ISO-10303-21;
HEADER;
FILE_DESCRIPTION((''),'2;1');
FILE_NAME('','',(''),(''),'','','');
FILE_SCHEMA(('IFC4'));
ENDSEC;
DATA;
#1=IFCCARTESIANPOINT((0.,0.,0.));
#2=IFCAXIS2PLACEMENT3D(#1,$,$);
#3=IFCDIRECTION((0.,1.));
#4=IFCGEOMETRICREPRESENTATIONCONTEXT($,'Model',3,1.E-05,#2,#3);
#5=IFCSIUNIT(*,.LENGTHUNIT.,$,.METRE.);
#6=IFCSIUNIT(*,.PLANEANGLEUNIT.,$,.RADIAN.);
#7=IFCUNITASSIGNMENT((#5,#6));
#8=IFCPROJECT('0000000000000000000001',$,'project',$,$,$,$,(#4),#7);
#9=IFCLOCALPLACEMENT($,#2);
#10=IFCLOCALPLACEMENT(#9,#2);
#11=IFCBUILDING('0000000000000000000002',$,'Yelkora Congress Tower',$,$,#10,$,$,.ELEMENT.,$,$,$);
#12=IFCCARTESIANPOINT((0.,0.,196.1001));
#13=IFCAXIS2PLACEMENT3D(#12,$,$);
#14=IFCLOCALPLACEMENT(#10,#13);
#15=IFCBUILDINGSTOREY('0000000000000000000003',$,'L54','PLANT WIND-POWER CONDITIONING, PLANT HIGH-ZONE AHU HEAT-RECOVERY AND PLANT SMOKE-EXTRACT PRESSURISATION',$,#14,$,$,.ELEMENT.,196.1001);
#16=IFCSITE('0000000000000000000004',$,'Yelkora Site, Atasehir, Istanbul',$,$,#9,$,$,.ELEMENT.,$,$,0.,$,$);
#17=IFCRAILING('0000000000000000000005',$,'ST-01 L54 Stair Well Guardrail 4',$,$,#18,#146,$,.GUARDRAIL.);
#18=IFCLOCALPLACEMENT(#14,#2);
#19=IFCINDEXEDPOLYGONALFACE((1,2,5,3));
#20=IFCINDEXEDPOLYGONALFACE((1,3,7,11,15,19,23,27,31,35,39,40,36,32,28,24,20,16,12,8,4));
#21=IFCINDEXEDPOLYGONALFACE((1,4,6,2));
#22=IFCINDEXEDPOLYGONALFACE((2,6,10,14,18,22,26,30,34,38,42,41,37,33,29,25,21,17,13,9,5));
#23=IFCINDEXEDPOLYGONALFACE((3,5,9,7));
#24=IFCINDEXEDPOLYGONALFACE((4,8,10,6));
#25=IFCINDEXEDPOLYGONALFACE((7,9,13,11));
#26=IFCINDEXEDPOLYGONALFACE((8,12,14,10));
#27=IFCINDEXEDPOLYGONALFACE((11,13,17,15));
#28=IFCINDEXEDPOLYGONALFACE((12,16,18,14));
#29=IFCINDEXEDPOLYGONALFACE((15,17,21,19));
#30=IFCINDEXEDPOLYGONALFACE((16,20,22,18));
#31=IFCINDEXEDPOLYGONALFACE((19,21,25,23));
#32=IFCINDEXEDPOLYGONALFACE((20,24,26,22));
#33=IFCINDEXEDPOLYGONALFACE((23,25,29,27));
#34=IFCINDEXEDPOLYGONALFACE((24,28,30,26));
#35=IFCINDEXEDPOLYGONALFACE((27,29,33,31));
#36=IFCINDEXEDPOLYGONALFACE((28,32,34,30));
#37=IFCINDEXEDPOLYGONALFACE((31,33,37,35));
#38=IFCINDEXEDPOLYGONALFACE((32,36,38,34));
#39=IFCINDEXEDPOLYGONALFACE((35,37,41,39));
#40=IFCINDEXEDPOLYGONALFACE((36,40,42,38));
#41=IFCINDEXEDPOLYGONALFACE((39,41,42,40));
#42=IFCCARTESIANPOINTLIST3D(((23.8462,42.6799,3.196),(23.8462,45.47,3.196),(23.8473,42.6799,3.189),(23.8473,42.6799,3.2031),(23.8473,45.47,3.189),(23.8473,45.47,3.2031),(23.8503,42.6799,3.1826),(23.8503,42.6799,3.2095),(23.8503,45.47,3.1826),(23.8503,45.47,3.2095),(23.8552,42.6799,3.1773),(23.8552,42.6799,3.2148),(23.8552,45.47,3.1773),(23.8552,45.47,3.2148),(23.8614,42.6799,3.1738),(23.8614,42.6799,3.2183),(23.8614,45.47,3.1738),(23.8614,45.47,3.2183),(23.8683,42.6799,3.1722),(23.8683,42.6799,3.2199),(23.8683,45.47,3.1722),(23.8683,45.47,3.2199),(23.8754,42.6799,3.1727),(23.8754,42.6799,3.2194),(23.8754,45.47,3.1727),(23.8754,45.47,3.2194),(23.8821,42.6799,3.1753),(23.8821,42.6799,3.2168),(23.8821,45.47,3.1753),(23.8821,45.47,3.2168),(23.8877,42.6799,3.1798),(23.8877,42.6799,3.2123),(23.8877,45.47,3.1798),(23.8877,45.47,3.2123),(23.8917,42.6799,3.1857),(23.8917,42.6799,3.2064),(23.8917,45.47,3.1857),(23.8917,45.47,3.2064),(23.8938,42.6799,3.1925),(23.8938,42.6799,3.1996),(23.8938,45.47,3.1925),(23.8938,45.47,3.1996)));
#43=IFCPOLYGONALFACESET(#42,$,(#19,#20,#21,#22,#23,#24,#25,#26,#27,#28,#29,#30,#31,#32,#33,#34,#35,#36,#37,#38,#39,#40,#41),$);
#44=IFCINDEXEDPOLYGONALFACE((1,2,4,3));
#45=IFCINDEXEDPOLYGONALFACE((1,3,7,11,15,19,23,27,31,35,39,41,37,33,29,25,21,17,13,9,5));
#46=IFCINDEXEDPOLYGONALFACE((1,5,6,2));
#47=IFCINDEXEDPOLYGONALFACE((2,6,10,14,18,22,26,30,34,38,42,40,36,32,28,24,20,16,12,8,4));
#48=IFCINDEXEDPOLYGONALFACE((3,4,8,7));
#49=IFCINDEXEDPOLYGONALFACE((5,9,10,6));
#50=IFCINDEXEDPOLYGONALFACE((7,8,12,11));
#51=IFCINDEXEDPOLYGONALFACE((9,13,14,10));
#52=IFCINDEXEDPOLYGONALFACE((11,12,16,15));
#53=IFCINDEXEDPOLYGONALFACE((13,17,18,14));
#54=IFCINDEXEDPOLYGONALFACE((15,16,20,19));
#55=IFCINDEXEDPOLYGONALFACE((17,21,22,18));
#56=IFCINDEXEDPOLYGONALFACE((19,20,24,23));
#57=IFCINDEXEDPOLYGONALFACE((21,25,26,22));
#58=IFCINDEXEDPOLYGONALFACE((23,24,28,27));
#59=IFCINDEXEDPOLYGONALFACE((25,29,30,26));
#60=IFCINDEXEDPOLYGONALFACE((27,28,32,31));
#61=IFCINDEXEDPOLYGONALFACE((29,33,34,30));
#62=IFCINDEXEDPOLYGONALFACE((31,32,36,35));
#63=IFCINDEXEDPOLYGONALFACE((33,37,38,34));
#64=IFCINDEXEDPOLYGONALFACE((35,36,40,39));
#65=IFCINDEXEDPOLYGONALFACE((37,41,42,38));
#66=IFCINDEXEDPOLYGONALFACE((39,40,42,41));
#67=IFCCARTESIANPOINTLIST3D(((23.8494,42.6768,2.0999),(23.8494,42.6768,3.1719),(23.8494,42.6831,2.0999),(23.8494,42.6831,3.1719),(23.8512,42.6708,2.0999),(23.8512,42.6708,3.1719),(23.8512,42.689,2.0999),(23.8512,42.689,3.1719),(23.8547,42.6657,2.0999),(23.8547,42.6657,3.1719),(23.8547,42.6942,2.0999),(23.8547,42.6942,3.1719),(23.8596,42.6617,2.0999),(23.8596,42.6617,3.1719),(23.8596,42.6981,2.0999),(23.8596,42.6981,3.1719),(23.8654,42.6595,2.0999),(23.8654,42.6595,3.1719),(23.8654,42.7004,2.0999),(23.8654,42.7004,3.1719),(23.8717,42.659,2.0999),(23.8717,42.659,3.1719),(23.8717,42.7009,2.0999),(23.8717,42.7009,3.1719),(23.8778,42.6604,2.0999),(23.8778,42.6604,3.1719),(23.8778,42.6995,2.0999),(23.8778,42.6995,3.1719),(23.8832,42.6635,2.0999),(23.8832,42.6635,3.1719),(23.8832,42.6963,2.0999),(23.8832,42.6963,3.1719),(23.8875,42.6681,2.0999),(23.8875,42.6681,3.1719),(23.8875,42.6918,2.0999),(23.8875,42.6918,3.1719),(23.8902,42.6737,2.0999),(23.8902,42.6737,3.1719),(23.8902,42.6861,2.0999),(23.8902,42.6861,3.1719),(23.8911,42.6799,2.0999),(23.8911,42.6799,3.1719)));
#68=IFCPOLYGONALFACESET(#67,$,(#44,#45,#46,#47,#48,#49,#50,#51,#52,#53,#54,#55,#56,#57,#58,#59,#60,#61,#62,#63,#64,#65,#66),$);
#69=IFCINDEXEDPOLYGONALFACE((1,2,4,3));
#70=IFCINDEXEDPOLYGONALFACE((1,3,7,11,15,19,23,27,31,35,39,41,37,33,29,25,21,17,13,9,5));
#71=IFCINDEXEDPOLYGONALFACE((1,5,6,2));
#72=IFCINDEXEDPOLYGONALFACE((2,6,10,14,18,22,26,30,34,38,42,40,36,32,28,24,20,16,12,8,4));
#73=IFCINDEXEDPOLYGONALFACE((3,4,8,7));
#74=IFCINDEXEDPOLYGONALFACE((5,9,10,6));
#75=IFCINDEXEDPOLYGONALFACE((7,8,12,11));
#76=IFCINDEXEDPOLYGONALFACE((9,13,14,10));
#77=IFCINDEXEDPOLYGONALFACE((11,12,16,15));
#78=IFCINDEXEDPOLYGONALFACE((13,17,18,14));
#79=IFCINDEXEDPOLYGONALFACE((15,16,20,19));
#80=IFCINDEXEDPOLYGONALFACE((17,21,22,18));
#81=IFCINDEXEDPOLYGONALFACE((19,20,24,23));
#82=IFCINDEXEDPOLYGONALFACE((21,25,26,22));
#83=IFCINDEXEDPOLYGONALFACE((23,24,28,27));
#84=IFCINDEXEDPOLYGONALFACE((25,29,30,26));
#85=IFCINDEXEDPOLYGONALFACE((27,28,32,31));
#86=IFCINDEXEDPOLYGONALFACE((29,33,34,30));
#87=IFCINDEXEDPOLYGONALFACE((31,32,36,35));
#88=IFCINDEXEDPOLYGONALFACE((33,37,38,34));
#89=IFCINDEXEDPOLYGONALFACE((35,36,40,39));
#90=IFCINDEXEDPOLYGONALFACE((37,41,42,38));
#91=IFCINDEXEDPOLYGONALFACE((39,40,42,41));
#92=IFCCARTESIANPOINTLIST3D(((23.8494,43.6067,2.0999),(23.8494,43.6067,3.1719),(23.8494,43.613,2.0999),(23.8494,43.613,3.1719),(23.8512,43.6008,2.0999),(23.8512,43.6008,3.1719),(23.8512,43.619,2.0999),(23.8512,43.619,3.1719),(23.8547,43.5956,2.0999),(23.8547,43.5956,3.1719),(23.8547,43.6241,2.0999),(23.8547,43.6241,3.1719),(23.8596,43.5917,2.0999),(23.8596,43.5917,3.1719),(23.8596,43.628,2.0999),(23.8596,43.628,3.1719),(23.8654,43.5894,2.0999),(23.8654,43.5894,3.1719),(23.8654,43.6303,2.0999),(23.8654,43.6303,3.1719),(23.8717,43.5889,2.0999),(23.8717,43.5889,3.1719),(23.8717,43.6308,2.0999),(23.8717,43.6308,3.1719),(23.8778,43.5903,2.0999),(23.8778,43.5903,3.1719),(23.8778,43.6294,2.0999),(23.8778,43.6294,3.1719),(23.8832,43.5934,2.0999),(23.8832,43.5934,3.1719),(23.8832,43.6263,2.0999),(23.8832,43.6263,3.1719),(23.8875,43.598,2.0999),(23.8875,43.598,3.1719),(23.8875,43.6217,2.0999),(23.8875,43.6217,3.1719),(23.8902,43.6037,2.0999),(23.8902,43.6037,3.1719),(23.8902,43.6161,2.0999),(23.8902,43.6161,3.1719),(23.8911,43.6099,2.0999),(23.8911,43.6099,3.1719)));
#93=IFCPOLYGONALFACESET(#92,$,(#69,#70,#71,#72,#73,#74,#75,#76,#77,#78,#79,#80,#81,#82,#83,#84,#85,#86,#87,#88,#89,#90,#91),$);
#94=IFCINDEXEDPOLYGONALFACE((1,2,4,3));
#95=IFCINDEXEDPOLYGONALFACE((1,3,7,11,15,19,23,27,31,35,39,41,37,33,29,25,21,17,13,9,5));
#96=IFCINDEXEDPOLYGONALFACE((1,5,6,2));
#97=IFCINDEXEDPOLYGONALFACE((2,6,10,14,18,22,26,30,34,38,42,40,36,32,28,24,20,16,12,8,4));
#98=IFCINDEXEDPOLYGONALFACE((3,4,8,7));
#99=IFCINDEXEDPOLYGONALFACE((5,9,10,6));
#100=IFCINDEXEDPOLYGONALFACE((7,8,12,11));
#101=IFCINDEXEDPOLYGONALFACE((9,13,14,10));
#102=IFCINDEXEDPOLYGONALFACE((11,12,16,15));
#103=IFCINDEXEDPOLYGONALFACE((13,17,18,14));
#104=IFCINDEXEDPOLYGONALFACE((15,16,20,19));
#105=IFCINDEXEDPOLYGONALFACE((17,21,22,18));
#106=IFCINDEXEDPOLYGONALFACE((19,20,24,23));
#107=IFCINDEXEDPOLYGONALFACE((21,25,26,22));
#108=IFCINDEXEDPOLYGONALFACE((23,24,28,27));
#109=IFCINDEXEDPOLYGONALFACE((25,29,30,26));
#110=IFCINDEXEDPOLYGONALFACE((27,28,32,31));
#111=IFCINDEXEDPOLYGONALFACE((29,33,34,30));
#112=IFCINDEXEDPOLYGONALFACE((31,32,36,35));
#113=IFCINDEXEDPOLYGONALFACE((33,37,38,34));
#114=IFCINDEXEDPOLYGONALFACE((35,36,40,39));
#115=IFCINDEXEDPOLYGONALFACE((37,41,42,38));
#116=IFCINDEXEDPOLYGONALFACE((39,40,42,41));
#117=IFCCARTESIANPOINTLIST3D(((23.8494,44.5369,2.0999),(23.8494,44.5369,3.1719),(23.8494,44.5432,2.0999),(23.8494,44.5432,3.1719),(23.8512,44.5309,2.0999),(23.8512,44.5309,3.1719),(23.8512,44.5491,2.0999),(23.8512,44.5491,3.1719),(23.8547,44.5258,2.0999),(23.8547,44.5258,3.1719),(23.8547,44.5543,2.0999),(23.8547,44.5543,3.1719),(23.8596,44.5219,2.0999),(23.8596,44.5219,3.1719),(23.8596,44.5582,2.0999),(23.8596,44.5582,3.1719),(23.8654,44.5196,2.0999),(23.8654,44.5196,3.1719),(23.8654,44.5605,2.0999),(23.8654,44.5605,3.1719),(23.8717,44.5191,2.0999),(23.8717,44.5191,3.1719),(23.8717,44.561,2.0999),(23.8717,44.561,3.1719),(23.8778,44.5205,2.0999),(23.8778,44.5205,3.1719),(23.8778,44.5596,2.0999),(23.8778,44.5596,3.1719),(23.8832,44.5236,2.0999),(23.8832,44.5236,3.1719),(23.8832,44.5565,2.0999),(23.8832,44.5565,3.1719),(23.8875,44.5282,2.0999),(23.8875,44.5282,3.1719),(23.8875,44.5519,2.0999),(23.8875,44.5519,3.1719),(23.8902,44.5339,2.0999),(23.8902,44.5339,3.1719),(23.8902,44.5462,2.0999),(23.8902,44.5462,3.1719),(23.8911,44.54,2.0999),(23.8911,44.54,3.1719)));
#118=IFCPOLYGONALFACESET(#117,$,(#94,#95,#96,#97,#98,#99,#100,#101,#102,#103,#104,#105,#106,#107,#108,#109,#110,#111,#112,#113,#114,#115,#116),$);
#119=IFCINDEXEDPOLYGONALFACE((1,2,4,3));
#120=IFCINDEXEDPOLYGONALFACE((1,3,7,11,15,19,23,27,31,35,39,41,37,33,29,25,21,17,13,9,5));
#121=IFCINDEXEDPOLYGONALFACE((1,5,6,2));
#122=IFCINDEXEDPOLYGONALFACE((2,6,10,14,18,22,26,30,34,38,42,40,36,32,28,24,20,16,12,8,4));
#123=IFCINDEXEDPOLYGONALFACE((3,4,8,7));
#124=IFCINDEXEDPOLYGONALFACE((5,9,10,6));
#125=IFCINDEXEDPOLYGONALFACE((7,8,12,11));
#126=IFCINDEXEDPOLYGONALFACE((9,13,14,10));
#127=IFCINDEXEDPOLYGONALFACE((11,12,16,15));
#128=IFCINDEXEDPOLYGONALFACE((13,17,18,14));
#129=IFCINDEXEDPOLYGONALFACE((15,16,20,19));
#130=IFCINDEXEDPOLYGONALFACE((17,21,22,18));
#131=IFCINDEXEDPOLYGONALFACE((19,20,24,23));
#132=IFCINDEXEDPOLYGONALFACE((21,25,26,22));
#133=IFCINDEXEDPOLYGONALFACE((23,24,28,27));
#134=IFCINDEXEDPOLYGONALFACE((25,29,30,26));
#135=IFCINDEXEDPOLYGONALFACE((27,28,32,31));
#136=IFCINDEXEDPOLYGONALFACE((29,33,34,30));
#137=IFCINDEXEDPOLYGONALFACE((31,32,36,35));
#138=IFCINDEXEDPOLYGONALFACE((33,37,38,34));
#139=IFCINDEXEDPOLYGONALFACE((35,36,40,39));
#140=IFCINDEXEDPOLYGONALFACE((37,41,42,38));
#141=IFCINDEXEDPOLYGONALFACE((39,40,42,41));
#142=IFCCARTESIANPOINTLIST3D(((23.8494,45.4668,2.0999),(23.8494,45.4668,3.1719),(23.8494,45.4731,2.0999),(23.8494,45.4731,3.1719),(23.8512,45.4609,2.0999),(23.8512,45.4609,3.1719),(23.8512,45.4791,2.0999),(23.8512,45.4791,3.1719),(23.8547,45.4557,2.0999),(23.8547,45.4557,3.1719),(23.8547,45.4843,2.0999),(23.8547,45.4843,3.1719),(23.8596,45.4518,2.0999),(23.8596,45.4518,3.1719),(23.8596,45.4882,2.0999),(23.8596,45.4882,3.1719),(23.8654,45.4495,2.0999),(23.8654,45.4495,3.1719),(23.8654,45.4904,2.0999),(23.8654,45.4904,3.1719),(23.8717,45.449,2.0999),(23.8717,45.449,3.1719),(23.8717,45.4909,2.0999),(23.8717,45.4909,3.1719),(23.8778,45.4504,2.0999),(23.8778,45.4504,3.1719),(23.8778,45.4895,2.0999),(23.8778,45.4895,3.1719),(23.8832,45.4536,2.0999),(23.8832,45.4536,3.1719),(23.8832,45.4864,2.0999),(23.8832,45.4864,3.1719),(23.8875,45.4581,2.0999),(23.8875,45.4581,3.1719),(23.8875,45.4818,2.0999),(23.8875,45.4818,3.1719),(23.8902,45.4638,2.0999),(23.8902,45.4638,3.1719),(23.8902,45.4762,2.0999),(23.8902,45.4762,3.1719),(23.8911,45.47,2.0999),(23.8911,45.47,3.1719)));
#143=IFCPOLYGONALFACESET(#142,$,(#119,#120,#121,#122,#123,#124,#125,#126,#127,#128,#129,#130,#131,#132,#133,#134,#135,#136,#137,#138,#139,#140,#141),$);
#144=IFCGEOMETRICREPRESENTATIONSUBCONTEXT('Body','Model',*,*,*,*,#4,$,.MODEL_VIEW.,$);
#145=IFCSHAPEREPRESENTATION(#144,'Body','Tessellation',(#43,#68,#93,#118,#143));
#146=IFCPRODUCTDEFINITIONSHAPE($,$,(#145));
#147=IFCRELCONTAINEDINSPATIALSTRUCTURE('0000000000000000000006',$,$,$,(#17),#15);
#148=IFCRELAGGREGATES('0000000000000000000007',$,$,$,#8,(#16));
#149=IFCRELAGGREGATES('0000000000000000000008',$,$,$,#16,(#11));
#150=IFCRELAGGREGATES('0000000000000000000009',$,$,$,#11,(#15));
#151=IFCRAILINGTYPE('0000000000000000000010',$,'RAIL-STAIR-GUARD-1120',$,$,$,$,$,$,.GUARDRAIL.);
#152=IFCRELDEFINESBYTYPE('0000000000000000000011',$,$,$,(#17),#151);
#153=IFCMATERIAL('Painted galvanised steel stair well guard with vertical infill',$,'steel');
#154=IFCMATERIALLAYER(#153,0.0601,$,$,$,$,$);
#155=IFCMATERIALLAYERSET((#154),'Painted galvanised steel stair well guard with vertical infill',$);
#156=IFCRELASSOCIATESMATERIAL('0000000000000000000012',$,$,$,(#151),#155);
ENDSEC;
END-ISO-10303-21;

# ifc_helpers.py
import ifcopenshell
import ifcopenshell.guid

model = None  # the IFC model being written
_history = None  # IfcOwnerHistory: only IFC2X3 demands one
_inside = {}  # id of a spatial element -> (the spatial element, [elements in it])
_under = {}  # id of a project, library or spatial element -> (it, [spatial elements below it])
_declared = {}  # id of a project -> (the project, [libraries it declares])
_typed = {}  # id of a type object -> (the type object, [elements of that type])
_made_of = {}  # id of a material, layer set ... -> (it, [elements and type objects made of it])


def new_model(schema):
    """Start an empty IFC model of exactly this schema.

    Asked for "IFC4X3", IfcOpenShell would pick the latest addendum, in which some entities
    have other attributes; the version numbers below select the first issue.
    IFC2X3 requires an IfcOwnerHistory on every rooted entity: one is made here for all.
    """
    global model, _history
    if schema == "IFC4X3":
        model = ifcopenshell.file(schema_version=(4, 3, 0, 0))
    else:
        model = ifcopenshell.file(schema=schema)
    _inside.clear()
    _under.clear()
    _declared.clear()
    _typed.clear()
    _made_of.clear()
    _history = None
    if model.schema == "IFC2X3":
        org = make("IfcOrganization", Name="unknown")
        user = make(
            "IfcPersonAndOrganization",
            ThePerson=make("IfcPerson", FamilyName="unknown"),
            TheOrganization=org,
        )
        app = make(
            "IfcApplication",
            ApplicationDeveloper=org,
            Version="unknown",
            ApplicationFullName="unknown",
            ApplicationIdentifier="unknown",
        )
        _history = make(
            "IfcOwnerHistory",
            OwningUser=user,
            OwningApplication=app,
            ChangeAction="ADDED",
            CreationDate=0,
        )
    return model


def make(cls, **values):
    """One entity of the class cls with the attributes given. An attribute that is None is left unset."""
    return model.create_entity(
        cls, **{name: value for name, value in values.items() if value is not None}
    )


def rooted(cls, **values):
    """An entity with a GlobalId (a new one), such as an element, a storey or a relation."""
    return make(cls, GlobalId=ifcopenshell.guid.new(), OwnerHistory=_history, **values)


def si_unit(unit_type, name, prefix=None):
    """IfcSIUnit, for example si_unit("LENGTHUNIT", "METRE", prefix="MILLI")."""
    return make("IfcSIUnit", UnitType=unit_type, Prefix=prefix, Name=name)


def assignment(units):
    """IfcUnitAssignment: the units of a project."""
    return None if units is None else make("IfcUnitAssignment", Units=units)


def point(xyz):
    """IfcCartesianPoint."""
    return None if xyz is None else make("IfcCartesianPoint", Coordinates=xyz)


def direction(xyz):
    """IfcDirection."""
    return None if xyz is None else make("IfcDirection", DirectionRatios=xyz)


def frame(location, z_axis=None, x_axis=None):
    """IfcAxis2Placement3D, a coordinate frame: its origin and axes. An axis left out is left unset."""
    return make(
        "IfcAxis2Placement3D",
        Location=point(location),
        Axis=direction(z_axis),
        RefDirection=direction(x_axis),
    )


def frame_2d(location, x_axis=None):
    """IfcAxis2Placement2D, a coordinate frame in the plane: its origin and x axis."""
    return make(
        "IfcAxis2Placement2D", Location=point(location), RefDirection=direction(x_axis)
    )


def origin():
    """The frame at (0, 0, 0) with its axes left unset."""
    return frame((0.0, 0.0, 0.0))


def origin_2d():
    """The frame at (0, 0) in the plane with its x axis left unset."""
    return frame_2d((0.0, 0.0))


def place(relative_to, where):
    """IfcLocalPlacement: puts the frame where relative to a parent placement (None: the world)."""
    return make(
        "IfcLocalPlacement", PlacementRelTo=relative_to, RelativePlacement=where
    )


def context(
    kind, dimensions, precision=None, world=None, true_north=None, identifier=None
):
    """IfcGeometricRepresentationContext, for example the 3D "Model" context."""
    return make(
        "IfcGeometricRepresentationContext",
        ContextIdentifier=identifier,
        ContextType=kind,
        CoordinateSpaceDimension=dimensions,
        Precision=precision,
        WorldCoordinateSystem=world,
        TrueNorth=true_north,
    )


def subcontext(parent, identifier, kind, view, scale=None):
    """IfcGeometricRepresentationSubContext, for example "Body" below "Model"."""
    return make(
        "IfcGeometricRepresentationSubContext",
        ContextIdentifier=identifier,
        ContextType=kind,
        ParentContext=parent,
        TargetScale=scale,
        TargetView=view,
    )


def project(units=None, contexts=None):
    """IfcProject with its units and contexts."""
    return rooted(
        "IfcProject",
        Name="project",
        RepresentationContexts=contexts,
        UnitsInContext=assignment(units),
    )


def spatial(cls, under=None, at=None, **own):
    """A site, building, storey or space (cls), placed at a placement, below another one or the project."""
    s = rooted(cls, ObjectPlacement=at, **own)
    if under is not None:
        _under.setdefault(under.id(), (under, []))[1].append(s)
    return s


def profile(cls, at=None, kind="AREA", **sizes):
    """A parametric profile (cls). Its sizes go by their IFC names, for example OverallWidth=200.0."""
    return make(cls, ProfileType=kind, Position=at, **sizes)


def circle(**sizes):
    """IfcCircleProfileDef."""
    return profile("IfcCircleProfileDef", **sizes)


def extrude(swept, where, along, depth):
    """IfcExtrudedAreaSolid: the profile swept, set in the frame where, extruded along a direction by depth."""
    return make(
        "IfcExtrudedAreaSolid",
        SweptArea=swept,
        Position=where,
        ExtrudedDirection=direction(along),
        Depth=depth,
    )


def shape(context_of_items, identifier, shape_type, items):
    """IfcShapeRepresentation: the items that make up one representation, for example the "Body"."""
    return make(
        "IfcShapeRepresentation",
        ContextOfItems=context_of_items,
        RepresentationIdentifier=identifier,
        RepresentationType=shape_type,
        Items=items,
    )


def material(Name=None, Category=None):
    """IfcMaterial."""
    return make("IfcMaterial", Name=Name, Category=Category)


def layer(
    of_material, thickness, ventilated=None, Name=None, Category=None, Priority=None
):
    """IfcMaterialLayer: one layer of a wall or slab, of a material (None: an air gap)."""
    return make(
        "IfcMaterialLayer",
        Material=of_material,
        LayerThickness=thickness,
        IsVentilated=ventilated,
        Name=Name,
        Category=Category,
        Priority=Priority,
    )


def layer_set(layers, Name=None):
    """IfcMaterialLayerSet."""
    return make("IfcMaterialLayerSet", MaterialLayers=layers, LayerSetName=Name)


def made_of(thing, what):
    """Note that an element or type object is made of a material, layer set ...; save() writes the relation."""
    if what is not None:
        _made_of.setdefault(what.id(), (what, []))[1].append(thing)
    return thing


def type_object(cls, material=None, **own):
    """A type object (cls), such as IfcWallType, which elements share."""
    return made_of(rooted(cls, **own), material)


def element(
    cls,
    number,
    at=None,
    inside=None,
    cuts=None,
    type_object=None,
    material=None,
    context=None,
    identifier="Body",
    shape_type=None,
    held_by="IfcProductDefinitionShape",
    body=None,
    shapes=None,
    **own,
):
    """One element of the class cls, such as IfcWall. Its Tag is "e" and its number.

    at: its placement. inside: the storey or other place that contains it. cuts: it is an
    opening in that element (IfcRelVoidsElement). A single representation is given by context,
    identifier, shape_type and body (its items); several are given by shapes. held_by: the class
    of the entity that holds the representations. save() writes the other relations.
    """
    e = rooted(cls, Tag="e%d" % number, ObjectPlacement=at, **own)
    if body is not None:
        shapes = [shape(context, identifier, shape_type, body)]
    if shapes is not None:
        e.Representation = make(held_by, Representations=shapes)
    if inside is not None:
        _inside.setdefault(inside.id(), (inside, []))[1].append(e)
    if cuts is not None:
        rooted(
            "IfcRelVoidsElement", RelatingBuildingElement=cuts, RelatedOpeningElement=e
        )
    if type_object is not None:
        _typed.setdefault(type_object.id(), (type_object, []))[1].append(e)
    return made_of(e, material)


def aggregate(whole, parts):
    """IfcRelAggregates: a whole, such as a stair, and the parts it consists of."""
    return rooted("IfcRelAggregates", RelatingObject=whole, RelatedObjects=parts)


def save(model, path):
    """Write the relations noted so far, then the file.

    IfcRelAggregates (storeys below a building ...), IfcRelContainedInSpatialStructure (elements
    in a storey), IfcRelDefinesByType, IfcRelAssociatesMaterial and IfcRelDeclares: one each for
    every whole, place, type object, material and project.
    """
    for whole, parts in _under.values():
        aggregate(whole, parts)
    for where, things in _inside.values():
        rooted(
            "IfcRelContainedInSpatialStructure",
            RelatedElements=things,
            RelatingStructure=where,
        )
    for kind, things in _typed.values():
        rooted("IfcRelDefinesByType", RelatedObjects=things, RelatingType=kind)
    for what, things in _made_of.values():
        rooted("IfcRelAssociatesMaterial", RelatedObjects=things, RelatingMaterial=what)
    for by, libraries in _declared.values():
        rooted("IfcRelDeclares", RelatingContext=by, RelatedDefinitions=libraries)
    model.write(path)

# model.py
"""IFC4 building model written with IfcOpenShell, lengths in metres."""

from ifc_helpers import new_model, si_unit, direction, frame, origin, origin_2d, place, context, subcontext, project, spatial, circle, extrude, material, layer, layer_set, type_object, element, save


model = new_model("IFC4")

# Units and contexts
model_context = context("Model", 3, precision=1e-05, world=origin(), true_north=direction((0.0, 1.0)))
body_context = subcontext(model_context, "Body", "Model", "MODEL_VIEW")
ifc_project = project(units=[si_unit("LENGTHUNIT", "METRE"), si_unit("PLANEANGLEUNIT", "RADIAN")], contexts=[model_context])

# Site, building, storey
site_placement = place(None, origin())
site = spatial("IfcSite", under=ifc_project, at=site_placement, Name="Yelkora Site, Atasehir, Istanbul", CompositionType="ELEMENT", RefElevation=0.0)
building_placement = place(site_placement, origin())
building = spatial("IfcBuilding", under=site, at=building_placement, Name="Yelkora Congress Tower", CompositionType="ELEMENT")
storey_placement = place(building_placement, frame((0.0, 0.0, 196.1001)))
storey = spatial("IfcBuildingStorey", under=building, at=storey_placement, Name="L54", Description="PLANT WIND-POWER CONDITIONING, PLANT HIGH-ZONE AHU HEAT-RECOVERY AND PLANT SMOKE-EXTRACT PRESSURISATION", CompositionType="ELEMENT", Elevation=196.1001)

# Railing
ifc_material_1 = material(Name="Painted galvanised steel stair well guard with vertical infill", Category="steel")
ifc_layer_1 = layer(ifc_material_1, 0.0601)
ifc_layer_set_1 = layer_set([ifc_layer_1], Name="Painted galvanised steel stair well guard with vertical infill")
railing_type_1 = type_object("IfcRailingType", Name="RAIL-STAIR-GUARD-1120", PredefinedType="GUARDRAIL", material=ifc_layer_set_1)
railing_1_placement = place(storey_placement, frame((23.8701, 42.6799, 2.0999)))
element("IfcRailing", 1, at=railing_1_placement, inside=storey, type_object=railing_type_1, Name="ST-01 L54 Stair Well Guardrail 4", PredefinedType="GUARDRAIL", context=body_context, shape_type="SweptSolid", body=[
    extrude(circle(Radius=0.0239, at=origin_2d()), frame((0.0, 0.0, 1.0962), z_axis=(0.0, 1.0, 0.0), x_axis=(-1.0, 0.0, 0.0)), (0.0, 0.0, 1.0), 2.79),
    extrude(circle(Radius=0.021, at=origin_2d()), origin(), (0.0, 0.0, 1.0), 1.072),
    extrude(circle(Radius=0.021, at=origin_2d()), frame((0.0, 0.9299, 0.0)), (0.0, 0.0, 1.0), 1.072),
    extrude(circle(Radius=0.021, at=origin_2d()), frame((0.0, 1.8601, 0.0)), (0.0, 0.0, 1.0), 1.072),
    extrude(circle(Radius=0.021, at=origin_2d()), frame((0.0, 2.79, 0.0)), (0.0, 0.0, 1.0), 1.072),
])

save(model, "model.ifc")
